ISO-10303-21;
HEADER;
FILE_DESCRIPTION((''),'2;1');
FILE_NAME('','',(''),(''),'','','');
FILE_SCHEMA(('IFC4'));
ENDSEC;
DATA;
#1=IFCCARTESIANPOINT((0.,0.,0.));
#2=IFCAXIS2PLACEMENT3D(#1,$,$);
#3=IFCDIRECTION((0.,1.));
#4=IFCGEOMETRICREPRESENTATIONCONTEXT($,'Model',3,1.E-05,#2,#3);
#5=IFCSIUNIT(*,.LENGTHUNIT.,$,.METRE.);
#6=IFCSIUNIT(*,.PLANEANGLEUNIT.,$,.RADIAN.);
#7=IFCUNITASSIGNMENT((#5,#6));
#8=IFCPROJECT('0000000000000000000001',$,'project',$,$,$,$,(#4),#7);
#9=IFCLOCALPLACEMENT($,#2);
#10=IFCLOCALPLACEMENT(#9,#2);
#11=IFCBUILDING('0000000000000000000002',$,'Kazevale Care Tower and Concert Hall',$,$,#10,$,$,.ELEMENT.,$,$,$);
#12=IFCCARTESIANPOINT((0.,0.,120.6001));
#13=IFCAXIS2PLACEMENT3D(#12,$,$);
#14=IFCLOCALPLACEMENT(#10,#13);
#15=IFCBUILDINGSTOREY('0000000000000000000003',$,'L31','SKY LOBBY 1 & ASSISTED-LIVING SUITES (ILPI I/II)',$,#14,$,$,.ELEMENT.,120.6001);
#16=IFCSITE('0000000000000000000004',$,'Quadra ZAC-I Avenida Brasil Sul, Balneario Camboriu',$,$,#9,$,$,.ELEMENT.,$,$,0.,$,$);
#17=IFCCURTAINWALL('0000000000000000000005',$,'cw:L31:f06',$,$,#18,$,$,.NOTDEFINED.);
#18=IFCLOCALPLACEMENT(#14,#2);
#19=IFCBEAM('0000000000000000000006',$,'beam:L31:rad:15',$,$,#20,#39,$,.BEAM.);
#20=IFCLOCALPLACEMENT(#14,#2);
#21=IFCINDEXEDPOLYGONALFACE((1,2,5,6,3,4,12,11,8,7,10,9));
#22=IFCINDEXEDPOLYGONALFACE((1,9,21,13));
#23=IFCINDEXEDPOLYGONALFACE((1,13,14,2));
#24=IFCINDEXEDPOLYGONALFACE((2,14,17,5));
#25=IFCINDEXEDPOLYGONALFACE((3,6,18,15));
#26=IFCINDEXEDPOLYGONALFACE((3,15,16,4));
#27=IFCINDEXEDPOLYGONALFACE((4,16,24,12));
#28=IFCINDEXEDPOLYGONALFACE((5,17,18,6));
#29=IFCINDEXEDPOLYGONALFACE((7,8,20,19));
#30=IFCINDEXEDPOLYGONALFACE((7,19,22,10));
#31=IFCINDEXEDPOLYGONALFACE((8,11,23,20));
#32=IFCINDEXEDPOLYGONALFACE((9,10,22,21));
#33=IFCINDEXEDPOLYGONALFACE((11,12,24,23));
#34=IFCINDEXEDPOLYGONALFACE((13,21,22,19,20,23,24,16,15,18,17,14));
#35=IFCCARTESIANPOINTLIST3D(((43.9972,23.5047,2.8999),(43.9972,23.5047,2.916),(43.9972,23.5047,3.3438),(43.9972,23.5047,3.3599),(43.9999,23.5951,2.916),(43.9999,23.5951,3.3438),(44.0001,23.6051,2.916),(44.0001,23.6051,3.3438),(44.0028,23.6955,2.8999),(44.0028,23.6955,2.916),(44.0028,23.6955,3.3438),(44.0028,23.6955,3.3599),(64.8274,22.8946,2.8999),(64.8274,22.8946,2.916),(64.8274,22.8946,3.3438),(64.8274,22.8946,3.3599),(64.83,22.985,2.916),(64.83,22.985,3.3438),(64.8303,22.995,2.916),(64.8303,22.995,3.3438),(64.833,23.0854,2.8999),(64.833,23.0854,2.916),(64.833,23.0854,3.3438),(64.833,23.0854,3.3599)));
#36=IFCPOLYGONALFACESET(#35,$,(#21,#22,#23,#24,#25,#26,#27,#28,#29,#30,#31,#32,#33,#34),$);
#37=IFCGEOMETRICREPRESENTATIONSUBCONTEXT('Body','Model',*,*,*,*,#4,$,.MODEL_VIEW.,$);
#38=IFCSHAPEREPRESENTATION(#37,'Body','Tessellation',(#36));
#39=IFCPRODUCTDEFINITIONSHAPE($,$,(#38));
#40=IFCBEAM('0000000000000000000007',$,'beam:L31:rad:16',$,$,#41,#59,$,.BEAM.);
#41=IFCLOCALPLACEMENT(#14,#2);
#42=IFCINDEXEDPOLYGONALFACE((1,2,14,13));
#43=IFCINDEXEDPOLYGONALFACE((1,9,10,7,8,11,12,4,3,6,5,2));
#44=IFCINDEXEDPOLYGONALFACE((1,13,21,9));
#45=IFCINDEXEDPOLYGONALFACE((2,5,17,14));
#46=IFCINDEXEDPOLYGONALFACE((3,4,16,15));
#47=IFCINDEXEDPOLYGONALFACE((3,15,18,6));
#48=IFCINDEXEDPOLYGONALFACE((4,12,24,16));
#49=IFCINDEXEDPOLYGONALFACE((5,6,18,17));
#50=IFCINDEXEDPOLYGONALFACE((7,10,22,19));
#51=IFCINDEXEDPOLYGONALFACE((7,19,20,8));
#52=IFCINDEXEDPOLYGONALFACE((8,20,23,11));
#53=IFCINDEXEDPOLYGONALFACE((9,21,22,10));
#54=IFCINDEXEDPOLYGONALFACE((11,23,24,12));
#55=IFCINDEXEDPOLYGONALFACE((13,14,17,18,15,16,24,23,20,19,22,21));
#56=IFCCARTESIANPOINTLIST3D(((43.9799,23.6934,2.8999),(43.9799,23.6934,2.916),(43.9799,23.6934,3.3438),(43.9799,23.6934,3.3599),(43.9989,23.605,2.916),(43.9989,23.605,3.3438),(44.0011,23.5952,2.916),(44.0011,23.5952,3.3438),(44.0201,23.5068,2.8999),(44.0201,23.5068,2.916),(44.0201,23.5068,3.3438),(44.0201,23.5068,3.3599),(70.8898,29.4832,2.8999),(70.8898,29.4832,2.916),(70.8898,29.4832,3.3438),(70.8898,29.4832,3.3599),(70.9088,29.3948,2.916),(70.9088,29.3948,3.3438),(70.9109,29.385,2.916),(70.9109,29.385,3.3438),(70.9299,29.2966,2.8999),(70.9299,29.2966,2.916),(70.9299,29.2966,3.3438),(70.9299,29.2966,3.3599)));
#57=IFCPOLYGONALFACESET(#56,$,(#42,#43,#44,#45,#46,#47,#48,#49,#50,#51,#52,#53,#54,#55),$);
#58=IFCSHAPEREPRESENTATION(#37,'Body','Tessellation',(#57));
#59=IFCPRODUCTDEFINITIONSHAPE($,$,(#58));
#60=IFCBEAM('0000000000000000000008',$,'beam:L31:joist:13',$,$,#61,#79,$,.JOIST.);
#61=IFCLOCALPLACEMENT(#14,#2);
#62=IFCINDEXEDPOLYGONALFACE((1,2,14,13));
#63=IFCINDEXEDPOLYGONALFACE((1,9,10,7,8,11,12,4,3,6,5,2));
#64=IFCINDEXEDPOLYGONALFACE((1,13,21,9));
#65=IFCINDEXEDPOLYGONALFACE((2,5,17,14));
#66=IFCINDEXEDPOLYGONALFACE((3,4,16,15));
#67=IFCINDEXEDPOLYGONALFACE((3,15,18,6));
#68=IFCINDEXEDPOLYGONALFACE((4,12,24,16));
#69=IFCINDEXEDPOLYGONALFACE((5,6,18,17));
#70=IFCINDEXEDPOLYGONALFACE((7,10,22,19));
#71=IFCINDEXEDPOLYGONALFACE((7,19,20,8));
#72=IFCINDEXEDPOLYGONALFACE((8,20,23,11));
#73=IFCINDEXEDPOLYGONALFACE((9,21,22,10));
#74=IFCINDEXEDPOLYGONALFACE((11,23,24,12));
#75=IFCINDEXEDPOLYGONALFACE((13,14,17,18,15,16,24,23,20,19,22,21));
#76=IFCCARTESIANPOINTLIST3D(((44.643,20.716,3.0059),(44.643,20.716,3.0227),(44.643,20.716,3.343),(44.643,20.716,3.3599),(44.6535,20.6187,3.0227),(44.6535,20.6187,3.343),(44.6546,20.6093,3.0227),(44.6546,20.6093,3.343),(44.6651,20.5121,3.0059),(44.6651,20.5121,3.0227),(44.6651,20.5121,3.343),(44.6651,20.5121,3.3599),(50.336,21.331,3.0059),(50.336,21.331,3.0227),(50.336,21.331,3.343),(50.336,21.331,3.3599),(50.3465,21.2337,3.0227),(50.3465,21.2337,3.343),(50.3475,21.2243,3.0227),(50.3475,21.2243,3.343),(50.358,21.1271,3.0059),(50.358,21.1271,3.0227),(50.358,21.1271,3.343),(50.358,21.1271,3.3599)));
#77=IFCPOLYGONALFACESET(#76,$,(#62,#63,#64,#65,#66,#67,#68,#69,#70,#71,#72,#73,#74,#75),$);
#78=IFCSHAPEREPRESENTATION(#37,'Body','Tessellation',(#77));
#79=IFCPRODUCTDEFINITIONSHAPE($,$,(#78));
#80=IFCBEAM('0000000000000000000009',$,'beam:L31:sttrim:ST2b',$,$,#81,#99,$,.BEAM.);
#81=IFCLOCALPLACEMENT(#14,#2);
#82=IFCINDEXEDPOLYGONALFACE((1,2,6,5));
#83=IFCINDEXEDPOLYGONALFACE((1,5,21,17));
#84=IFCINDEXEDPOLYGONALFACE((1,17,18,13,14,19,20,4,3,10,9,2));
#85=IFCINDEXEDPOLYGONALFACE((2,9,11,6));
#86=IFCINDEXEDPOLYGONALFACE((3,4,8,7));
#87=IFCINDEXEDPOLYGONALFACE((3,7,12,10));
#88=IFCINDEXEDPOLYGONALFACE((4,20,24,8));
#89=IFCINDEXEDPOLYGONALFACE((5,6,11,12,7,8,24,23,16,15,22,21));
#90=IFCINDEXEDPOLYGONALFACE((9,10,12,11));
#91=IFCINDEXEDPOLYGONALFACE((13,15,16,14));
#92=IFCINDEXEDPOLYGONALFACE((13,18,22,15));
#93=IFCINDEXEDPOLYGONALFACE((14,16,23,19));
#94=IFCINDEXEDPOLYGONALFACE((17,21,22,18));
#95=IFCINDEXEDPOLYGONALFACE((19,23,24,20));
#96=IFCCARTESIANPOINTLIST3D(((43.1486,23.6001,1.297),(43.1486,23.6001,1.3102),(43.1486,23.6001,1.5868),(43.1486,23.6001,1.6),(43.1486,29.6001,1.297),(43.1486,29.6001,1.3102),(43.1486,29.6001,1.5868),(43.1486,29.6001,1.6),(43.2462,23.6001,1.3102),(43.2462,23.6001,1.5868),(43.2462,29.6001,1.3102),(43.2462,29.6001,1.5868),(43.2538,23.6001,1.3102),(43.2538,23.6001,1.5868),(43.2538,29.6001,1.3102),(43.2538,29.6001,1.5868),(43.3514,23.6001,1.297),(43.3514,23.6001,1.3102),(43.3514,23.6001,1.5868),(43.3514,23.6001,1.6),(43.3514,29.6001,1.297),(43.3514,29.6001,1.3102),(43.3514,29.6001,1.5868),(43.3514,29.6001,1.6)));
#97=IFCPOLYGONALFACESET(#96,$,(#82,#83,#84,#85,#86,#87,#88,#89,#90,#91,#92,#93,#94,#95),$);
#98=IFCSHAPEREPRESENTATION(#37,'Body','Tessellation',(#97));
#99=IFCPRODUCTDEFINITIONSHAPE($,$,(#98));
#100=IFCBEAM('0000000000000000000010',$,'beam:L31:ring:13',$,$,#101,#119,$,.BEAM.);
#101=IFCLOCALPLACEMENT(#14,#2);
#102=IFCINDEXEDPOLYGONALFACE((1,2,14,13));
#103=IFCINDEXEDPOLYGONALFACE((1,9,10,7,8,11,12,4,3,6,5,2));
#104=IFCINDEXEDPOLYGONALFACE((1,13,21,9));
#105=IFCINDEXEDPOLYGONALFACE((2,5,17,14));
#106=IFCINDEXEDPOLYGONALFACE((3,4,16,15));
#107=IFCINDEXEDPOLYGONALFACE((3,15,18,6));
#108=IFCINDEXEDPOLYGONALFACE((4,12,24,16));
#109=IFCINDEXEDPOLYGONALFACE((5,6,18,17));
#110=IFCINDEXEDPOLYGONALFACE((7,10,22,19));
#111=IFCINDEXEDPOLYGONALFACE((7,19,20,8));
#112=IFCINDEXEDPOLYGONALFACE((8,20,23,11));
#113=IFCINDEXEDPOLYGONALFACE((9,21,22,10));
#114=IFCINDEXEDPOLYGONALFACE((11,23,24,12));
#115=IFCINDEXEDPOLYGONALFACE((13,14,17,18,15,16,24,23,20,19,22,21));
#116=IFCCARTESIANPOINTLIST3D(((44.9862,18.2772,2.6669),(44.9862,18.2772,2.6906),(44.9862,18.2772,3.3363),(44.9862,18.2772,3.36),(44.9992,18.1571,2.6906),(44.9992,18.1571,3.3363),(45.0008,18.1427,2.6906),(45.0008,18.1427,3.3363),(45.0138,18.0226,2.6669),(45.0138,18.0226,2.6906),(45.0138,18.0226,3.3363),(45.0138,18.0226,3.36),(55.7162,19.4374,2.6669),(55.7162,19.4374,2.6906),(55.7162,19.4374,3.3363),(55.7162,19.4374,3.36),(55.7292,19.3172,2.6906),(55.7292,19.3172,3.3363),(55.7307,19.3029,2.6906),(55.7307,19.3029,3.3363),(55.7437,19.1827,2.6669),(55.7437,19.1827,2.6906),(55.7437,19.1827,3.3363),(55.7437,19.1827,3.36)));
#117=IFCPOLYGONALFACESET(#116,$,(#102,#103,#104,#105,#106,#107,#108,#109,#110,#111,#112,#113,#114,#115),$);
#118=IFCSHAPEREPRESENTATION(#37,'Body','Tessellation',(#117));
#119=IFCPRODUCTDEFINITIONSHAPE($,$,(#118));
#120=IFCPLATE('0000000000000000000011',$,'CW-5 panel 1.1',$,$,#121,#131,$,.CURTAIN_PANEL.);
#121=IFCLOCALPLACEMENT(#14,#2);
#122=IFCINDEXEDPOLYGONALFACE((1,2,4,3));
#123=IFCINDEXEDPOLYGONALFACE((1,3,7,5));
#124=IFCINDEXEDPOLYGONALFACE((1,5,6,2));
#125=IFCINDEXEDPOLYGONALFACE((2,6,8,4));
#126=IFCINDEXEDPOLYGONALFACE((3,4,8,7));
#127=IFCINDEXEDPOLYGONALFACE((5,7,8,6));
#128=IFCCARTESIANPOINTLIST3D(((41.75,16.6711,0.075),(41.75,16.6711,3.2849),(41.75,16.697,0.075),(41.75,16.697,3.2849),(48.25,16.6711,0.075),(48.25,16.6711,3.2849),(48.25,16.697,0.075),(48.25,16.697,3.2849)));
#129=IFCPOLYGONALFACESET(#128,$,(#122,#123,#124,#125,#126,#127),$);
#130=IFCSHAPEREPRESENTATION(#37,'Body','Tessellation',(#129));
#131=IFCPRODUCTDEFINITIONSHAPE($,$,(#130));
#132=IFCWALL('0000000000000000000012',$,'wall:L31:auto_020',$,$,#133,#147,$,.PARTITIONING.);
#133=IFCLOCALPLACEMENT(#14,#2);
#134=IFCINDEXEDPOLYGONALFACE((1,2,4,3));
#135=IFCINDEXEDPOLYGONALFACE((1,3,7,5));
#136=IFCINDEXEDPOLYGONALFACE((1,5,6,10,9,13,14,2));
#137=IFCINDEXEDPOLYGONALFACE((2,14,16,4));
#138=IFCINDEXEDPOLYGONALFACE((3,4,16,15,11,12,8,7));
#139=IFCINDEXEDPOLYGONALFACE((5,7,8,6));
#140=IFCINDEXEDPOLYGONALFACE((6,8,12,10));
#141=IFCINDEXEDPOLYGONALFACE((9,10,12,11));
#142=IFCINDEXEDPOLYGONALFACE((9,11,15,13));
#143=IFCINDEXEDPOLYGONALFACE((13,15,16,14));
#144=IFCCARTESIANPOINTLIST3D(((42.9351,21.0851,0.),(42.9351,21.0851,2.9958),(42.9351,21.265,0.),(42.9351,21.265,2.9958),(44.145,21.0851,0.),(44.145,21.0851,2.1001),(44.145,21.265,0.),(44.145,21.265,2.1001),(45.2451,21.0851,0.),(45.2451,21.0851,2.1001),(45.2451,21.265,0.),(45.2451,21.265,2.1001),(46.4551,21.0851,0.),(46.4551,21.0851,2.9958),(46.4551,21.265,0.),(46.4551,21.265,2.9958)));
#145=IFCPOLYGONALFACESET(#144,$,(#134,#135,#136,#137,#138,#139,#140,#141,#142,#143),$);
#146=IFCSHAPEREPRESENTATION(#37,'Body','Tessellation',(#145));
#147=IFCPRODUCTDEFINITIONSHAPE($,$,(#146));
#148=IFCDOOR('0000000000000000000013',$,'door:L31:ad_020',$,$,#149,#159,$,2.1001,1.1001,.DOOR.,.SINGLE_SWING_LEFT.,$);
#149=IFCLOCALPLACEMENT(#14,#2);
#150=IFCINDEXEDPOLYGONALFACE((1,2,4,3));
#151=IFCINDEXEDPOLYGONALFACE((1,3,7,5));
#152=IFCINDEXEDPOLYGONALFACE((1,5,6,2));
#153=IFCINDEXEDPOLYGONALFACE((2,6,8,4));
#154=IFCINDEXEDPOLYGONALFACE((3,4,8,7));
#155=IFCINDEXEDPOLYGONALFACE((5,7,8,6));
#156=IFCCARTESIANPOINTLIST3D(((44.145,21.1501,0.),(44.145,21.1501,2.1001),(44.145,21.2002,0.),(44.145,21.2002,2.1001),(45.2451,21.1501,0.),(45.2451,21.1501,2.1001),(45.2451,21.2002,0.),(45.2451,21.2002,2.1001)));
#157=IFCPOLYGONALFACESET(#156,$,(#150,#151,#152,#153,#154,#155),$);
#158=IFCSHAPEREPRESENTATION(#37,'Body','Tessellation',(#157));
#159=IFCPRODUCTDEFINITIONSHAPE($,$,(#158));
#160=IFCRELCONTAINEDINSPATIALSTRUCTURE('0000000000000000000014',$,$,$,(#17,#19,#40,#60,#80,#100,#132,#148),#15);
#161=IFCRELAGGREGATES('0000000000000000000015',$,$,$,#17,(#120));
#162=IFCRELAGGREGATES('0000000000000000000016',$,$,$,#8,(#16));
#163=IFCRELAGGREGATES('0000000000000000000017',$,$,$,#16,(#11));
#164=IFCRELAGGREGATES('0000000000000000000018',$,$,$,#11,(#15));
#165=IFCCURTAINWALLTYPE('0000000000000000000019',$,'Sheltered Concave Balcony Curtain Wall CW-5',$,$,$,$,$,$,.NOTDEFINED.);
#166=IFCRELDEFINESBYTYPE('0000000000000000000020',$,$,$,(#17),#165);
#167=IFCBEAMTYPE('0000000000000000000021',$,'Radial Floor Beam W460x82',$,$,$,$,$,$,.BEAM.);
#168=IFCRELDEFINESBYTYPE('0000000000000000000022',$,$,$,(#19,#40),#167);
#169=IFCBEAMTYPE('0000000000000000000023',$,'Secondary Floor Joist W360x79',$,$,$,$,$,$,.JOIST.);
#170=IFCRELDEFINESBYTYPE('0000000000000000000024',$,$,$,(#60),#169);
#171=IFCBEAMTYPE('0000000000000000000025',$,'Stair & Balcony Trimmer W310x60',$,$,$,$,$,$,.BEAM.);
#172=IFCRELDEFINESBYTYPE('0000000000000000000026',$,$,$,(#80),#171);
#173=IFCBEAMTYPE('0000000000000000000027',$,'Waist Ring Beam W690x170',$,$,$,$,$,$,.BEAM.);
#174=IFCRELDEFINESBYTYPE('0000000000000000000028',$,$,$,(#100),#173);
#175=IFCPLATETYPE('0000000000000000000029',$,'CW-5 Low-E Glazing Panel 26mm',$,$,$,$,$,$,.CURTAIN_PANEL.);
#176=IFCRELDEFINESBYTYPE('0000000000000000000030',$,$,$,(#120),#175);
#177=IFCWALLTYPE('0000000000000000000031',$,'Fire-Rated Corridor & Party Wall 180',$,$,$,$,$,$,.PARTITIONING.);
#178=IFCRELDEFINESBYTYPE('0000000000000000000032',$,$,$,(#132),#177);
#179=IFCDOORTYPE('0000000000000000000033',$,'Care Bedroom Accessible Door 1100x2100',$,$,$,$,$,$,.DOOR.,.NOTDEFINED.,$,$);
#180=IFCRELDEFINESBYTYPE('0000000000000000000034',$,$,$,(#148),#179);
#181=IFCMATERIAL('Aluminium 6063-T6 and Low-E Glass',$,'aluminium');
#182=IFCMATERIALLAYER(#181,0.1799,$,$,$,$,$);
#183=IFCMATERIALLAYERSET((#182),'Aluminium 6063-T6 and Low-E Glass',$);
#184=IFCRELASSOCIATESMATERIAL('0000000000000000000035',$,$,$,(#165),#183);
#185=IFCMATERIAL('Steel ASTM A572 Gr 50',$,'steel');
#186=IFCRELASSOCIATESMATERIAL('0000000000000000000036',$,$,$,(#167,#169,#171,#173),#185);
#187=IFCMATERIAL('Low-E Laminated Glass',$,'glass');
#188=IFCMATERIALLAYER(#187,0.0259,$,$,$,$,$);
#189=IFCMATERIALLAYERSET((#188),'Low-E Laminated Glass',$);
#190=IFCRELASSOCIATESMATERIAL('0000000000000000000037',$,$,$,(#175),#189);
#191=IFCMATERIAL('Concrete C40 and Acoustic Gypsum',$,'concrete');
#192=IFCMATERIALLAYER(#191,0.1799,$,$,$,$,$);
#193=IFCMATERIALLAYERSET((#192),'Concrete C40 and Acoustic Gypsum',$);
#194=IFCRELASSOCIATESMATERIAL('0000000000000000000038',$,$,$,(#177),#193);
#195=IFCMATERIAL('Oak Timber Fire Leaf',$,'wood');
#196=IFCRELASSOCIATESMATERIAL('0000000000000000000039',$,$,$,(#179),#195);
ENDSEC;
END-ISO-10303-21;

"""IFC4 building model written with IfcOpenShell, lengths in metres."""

from ifc_helpers import new_model, si_unit, direction, frame, frame_2d, origin, origin_2d, place, context, subcontext, project, spatial, rectangle, i_section, extrude, material, layer, layer_set, material_profile, profile_set, type_object, element, fill, aggregate, save


model = new_model("IFC4")

# Units and contexts
model_context = context("Model", 3, precision=1e-05, world=origin(), true_north=direction((0.0, 1.0)))
body_context = subcontext(model_context, "Body", "Model", "MODEL_VIEW")
ifc_project = project(units=[si_unit("LENGTHUNIT", "METRE"), si_unit("PLANEANGLEUNIT", "RADIAN")], contexts=[model_context])

# Site, building, storey
site_placement = place(None, origin())
site = spatial("IfcSite", under=ifc_project, at=site_placement, Name="Quadra ZAC-I Avenida Brasil Sul, Balneario Camboriu", CompositionType="ELEMENT", RefElevation=0.0)
building_placement = place(site_placement, origin())
building = spatial("IfcBuilding", under=site, at=building_placement, Name="Kazevale Care Tower and Concert Hall", CompositionType="ELEMENT")
storey_placement = place(building_placement, frame((0.0, 0.0, 120.6001)))
storey = spatial("IfcBuildingStorey", under=building, at=storey_placement, Name="L31", Description="SKY LOBBY 1 & ASSISTED-LIVING SUITES (ILPI I/II)", CompositionType="ELEMENT", Elevation=120.6001)

# Curtain wall
ifc_material_1 = material(Name="Aluminium 6063-T6 and Low-E Glass", Category="aluminium")
ifc_layer_1 = layer(ifc_material_1, 0.1799)
ifc_layer_set_1 = layer_set([ifc_layer_1], Name="Aluminium 6063-T6 and Low-E Glass")
curtain_wall_type = type_object("IfcCurtainWallType", Name="Sheltered Concave Balcony Curtain Wall CW-5", PredefinedType="NOTDEFINED", material=ifc_layer_set_1)
curtain_wall_placement = place(storey_placement, origin())
curtain_wall = element("IfcCurtainWall", 1, at=curtain_wall_placement, inside=storey, type_object=curtain_wall_type, Name="cw:L31:f06", PredefinedType="NOTDEFINED")

# Beams
ifc_material_2 = material(Name="Steel ASTM A572 Gr 50", Category="steel")
ifc_material_profile_1 = material_profile(ifc_material_2, i_section(OverallWidth=0.1909, OverallDepth=0.46, WebThickness=0.01, FlangeThickness=0.0161, at=origin_2d()), Name="W460x82")
ifc_profile_set_1 = profile_set([ifc_material_profile_1], Name="Steel ASTM A572 Gr 50")
beam_type_1 = type_object("IfcBeamType", Name="Radial Floor Beam W460x82", PredefinedType="BEAM", material=ifc_profile_set_1)
beam_1_placement = place(storey_placement, frame((44.0, 23.6001, 3.1299), z_axis=(0.999571, -0.029277, 0.0), x_axis=(0.029277, 0.999571, 0.0)))
element("IfcBeam", 2, at=beam_1_placement, inside=storey, type_object=beam_type_1, Name="beam:L31:rad:15", PredefinedType="BEAM", context=body_context, shape_type="SweptSolid", body=[
    extrude(i_section(OverallWidth=0.1909, OverallDepth=0.46, WebThickness=0.01, FlangeThickness=0.0161, at=origin_2d()), origin(), (0.0, 0.0, 1.0), 20.8391),
])
beam_2_placement = place(storey_placement, frame((44.0, 23.6001, 3.1299), z_axis=(0.977628, 0.210341, 0.0), x_axis=(-0.210341, 0.977628, 0.0)))
element("IfcBeam", 3, at=beam_2_placement, inside=storey, type_object=beam_type_1, Name="beam:L31:rad:16", PredefinedType="BEAM", context=body_context, shape_type="SweptSolid", body=[
    extrude(i_section(OverallWidth=0.1909, OverallDepth=0.46, WebThickness=0.01, FlangeThickness=0.0161, at=origin_2d()), origin(), (0.0, 0.0, 1.0), 27.5256),
])
ifc_material_profile_2 = material_profile(ifc_material_2, i_section(OverallWidth=0.2051, OverallDepth=0.354, WebThickness=0.0095, FlangeThickness=0.0168, at=origin_2d()), Name="W360x79")
ifc_profile_set_2 = profile_set([ifc_material_profile_2], Name="Steel ASTM A572 Gr 50")
beam_type_2 = type_object("IfcBeamType", Name="Secondary Floor Joist W360x79", PredefinedType="JOIST", material=ifc_profile_set_2)
beam_3_placement = place(storey_placement, frame((44.6541, 20.614, 3.1829), z_axis=(0.994216, 0.107403, 0.0), x_axis=(-0.107403, 0.994216, 0.0)))
element("IfcBeam", 4, at=beam_3_placement, inside=storey, type_object=beam_type_2, Name="beam:L31:joist:13", PredefinedType="JOIST", context=body_context, shape_type="SweptSolid", body=[
    extrude(i_section(OverallWidth=0.2051, OverallDepth=0.354, WebThickness=0.0095, FlangeThickness=0.0168, at=origin_2d()), origin(), (0.0, 0.0, 1.0), 5.7261),
])
ifc_material_profile_3 = material_profile(ifc_material_2, i_section(OverallWidth=0.2029, OverallDepth=0.303, WebThickness=0.0076, FlangeThickness=0.0132, at=origin_2d()), Name="W310x60")
ifc_profile_set_3 = profile_set([ifc_material_profile_3], Name="Steel ASTM A572 Gr 50")
beam_type_3 = type_object("IfcBeamType", Name="Stair & Balcony Trimmer W310x60", PredefinedType="BEAM", material=ifc_profile_set_3)
beam_4_placement = place(storey_placement, frame((43.25, 23.6001, 1.4485), z_axis=(0.0, 1.0, 0.0), x_axis=(-1.0, 0.0, 0.0)))
element("IfcBeam", 5, at=beam_4_placement, inside=storey, type_object=beam_type_3, Name="beam:L31:sttrim:ST2b", PredefinedType="BEAM", context=body_context, shape_type="SweptSolid", body=[
    extrude(i_section(OverallWidth=0.2029, OverallDepth=0.303, WebThickness=0.0076, FlangeThickness=0.0132, at=origin_2d()), origin(), (0.0, 0.0, 1.0), 6.0),
])
ifc_material_profile_4 = material_profile(ifc_material_2, i_section(OverallWidth=0.2561, OverallDepth=0.6931, WebThickness=0.0144, FlangeThickness=0.0237, at=origin_2d()), Name="W690x170")
ifc_profile_set_4 = profile_set([ifc_material_profile_4], Name="Steel ASTM A572 Gr 50")
beam_type_4 = type_object("IfcBeamType", Name="Waist Ring Beam W690x170", PredefinedType="BEAM", material=ifc_profile_set_4)
beam_5_placement = place(storey_placement, frame((45.0, 18.1499, 3.0134), z_axis=(0.994205, 0.107496, 0.0), x_axis=(-0.107496, 0.994205, 0.0)))
element("IfcBeam", 6, at=beam_5_placement, inside=storey, type_object=beam_type_4, Name="beam:L31:ring:13", PredefinedType="BEAM", context=body_context, shape_type="SweptSolid", body=[
    extrude(i_section(OverallWidth=0.2561, OverallDepth=0.6931, WebThickness=0.0144, FlangeThickness=0.0237, at=origin_2d()), origin(), (0.0, 0.0, 1.0), 10.7925),
])

# Plate
ifc_material_3 = material(Name="Low-E Laminated Glass", Category="glass")
ifc_layer_2 = layer(ifc_material_3, 0.0259)
ifc_layer_set_2 = layer_set([ifc_layer_2], Name="Low-E Laminated Glass")
plate_type = type_object("IfcPlateType", Name="CW-5 Low-E Glazing Panel 26mm", PredefinedType="CURTAIN_PANEL", material=ifc_layer_set_2)
plate_placement = place(storey_placement, frame((45.0, 16.6841, 0.075), z_axis=(0.0, 0.0, 1.0), x_axis=(-1.0, 0.0, 0.0)))
plate = element("IfcPlate", 7, at=plate_placement, type_object=plate_type, Name="CW-5 panel 1.1", PredefinedType="CURTAIN_PANEL", context=body_context, shape_type="SweptSolid", body=[
    extrude(rectangle(XDim=6.5, YDim=0.0259, at=origin_2d()), origin(), (0.0, 0.0, 1.0), 3.21),
])
aggregate(curtain_wall, [plate])

# Wall, opening, door
ifc_material_4 = material(Name="Oak Timber Fire Leaf", Category="wood")
ifc_material_5 = material(Name="Concrete C40 and Acoustic Gypsum", Category="concrete")
ifc_layer_3 = layer(ifc_material_5, 0.1799)
ifc_layer_set_3 = layer_set([ifc_layer_3], Name="Concrete C40 and Acoustic Gypsum")
wall_type_1 = type_object("IfcWallType", Name="Fire-Rated Corridor & Party Wall 180", PredefinedType="PARTITIONING", material=ifc_layer_set_3)
wall_1_placement = place(storey_placement, frame((46.4551, 21.175, 0.0), z_axis=(0.0, 0.0, 1.0), x_axis=(-1.0, 0.0, 0.0)))
wall_1 = element("IfcWall", 8, at=wall_1_placement, inside=storey, type_object=wall_type_1, Name="wall:L31:auto_020", PredefinedType="PARTITIONING", context=body_context, shape_type="SweptSolid", body=[
    extrude(rectangle(XDim=3.52, YDim=0.1799, at=frame_2d((1.76, 0.0))), origin(), (0.0, 0.0, 1.0), 2.9958),
])
opening_1_placement = place(wall_1_placement, frame((1.21, 0.0, 0.0)))
opening_1 = element("IfcOpeningElement", 9, at=opening_1_placement, cuts=wall_1, PredefinedType="OPENING", context=body_context, shape_type="SweptSolid", body=[
    extrude(rectangle(XDim=1.1001, YDim=2.1001, at=frame_2d((0.55, 1.05))), frame((0.0, 0.0999, 0.0), z_axis=(0.0, -1.0, 0.0), x_axis=(1.0, 0.0, 0.0)), (0.0, 0.0, 1.0), 0.2),
])
door_type_1 = type_object("IfcDoorType", Name="Care Bedroom Accessible Door 1100x2100", OperationType="NOTDEFINED", PredefinedType="DOOR", material=ifc_material_4)
door_1_placement = place(opening_1_placement, origin())
door_1 = element("IfcDoor", 10, at=door_1_placement, inside=storey, type_object=door_type_1, Name="door:L31:ad_020", OperationType="SINGLE_SWING_LEFT", OverallHeight=2.1001, OverallWidth=1.1001, PredefinedType="DOOR", context=body_context, shape_type="SweptSolid", body=[
    extrude(rectangle(XDim=1.1001, YDim=2.1001, at=frame_2d((0.55, 1.05))), frame((0.0, 0.0249, 0.0), z_axis=(0.0, -1.0, 0.0), x_axis=(1.0, 0.0, 0.0)), (0.0, 0.0, 1.0), 0.05),
])
fill(opening_1, door_1)

save(model, "model.ifc")
